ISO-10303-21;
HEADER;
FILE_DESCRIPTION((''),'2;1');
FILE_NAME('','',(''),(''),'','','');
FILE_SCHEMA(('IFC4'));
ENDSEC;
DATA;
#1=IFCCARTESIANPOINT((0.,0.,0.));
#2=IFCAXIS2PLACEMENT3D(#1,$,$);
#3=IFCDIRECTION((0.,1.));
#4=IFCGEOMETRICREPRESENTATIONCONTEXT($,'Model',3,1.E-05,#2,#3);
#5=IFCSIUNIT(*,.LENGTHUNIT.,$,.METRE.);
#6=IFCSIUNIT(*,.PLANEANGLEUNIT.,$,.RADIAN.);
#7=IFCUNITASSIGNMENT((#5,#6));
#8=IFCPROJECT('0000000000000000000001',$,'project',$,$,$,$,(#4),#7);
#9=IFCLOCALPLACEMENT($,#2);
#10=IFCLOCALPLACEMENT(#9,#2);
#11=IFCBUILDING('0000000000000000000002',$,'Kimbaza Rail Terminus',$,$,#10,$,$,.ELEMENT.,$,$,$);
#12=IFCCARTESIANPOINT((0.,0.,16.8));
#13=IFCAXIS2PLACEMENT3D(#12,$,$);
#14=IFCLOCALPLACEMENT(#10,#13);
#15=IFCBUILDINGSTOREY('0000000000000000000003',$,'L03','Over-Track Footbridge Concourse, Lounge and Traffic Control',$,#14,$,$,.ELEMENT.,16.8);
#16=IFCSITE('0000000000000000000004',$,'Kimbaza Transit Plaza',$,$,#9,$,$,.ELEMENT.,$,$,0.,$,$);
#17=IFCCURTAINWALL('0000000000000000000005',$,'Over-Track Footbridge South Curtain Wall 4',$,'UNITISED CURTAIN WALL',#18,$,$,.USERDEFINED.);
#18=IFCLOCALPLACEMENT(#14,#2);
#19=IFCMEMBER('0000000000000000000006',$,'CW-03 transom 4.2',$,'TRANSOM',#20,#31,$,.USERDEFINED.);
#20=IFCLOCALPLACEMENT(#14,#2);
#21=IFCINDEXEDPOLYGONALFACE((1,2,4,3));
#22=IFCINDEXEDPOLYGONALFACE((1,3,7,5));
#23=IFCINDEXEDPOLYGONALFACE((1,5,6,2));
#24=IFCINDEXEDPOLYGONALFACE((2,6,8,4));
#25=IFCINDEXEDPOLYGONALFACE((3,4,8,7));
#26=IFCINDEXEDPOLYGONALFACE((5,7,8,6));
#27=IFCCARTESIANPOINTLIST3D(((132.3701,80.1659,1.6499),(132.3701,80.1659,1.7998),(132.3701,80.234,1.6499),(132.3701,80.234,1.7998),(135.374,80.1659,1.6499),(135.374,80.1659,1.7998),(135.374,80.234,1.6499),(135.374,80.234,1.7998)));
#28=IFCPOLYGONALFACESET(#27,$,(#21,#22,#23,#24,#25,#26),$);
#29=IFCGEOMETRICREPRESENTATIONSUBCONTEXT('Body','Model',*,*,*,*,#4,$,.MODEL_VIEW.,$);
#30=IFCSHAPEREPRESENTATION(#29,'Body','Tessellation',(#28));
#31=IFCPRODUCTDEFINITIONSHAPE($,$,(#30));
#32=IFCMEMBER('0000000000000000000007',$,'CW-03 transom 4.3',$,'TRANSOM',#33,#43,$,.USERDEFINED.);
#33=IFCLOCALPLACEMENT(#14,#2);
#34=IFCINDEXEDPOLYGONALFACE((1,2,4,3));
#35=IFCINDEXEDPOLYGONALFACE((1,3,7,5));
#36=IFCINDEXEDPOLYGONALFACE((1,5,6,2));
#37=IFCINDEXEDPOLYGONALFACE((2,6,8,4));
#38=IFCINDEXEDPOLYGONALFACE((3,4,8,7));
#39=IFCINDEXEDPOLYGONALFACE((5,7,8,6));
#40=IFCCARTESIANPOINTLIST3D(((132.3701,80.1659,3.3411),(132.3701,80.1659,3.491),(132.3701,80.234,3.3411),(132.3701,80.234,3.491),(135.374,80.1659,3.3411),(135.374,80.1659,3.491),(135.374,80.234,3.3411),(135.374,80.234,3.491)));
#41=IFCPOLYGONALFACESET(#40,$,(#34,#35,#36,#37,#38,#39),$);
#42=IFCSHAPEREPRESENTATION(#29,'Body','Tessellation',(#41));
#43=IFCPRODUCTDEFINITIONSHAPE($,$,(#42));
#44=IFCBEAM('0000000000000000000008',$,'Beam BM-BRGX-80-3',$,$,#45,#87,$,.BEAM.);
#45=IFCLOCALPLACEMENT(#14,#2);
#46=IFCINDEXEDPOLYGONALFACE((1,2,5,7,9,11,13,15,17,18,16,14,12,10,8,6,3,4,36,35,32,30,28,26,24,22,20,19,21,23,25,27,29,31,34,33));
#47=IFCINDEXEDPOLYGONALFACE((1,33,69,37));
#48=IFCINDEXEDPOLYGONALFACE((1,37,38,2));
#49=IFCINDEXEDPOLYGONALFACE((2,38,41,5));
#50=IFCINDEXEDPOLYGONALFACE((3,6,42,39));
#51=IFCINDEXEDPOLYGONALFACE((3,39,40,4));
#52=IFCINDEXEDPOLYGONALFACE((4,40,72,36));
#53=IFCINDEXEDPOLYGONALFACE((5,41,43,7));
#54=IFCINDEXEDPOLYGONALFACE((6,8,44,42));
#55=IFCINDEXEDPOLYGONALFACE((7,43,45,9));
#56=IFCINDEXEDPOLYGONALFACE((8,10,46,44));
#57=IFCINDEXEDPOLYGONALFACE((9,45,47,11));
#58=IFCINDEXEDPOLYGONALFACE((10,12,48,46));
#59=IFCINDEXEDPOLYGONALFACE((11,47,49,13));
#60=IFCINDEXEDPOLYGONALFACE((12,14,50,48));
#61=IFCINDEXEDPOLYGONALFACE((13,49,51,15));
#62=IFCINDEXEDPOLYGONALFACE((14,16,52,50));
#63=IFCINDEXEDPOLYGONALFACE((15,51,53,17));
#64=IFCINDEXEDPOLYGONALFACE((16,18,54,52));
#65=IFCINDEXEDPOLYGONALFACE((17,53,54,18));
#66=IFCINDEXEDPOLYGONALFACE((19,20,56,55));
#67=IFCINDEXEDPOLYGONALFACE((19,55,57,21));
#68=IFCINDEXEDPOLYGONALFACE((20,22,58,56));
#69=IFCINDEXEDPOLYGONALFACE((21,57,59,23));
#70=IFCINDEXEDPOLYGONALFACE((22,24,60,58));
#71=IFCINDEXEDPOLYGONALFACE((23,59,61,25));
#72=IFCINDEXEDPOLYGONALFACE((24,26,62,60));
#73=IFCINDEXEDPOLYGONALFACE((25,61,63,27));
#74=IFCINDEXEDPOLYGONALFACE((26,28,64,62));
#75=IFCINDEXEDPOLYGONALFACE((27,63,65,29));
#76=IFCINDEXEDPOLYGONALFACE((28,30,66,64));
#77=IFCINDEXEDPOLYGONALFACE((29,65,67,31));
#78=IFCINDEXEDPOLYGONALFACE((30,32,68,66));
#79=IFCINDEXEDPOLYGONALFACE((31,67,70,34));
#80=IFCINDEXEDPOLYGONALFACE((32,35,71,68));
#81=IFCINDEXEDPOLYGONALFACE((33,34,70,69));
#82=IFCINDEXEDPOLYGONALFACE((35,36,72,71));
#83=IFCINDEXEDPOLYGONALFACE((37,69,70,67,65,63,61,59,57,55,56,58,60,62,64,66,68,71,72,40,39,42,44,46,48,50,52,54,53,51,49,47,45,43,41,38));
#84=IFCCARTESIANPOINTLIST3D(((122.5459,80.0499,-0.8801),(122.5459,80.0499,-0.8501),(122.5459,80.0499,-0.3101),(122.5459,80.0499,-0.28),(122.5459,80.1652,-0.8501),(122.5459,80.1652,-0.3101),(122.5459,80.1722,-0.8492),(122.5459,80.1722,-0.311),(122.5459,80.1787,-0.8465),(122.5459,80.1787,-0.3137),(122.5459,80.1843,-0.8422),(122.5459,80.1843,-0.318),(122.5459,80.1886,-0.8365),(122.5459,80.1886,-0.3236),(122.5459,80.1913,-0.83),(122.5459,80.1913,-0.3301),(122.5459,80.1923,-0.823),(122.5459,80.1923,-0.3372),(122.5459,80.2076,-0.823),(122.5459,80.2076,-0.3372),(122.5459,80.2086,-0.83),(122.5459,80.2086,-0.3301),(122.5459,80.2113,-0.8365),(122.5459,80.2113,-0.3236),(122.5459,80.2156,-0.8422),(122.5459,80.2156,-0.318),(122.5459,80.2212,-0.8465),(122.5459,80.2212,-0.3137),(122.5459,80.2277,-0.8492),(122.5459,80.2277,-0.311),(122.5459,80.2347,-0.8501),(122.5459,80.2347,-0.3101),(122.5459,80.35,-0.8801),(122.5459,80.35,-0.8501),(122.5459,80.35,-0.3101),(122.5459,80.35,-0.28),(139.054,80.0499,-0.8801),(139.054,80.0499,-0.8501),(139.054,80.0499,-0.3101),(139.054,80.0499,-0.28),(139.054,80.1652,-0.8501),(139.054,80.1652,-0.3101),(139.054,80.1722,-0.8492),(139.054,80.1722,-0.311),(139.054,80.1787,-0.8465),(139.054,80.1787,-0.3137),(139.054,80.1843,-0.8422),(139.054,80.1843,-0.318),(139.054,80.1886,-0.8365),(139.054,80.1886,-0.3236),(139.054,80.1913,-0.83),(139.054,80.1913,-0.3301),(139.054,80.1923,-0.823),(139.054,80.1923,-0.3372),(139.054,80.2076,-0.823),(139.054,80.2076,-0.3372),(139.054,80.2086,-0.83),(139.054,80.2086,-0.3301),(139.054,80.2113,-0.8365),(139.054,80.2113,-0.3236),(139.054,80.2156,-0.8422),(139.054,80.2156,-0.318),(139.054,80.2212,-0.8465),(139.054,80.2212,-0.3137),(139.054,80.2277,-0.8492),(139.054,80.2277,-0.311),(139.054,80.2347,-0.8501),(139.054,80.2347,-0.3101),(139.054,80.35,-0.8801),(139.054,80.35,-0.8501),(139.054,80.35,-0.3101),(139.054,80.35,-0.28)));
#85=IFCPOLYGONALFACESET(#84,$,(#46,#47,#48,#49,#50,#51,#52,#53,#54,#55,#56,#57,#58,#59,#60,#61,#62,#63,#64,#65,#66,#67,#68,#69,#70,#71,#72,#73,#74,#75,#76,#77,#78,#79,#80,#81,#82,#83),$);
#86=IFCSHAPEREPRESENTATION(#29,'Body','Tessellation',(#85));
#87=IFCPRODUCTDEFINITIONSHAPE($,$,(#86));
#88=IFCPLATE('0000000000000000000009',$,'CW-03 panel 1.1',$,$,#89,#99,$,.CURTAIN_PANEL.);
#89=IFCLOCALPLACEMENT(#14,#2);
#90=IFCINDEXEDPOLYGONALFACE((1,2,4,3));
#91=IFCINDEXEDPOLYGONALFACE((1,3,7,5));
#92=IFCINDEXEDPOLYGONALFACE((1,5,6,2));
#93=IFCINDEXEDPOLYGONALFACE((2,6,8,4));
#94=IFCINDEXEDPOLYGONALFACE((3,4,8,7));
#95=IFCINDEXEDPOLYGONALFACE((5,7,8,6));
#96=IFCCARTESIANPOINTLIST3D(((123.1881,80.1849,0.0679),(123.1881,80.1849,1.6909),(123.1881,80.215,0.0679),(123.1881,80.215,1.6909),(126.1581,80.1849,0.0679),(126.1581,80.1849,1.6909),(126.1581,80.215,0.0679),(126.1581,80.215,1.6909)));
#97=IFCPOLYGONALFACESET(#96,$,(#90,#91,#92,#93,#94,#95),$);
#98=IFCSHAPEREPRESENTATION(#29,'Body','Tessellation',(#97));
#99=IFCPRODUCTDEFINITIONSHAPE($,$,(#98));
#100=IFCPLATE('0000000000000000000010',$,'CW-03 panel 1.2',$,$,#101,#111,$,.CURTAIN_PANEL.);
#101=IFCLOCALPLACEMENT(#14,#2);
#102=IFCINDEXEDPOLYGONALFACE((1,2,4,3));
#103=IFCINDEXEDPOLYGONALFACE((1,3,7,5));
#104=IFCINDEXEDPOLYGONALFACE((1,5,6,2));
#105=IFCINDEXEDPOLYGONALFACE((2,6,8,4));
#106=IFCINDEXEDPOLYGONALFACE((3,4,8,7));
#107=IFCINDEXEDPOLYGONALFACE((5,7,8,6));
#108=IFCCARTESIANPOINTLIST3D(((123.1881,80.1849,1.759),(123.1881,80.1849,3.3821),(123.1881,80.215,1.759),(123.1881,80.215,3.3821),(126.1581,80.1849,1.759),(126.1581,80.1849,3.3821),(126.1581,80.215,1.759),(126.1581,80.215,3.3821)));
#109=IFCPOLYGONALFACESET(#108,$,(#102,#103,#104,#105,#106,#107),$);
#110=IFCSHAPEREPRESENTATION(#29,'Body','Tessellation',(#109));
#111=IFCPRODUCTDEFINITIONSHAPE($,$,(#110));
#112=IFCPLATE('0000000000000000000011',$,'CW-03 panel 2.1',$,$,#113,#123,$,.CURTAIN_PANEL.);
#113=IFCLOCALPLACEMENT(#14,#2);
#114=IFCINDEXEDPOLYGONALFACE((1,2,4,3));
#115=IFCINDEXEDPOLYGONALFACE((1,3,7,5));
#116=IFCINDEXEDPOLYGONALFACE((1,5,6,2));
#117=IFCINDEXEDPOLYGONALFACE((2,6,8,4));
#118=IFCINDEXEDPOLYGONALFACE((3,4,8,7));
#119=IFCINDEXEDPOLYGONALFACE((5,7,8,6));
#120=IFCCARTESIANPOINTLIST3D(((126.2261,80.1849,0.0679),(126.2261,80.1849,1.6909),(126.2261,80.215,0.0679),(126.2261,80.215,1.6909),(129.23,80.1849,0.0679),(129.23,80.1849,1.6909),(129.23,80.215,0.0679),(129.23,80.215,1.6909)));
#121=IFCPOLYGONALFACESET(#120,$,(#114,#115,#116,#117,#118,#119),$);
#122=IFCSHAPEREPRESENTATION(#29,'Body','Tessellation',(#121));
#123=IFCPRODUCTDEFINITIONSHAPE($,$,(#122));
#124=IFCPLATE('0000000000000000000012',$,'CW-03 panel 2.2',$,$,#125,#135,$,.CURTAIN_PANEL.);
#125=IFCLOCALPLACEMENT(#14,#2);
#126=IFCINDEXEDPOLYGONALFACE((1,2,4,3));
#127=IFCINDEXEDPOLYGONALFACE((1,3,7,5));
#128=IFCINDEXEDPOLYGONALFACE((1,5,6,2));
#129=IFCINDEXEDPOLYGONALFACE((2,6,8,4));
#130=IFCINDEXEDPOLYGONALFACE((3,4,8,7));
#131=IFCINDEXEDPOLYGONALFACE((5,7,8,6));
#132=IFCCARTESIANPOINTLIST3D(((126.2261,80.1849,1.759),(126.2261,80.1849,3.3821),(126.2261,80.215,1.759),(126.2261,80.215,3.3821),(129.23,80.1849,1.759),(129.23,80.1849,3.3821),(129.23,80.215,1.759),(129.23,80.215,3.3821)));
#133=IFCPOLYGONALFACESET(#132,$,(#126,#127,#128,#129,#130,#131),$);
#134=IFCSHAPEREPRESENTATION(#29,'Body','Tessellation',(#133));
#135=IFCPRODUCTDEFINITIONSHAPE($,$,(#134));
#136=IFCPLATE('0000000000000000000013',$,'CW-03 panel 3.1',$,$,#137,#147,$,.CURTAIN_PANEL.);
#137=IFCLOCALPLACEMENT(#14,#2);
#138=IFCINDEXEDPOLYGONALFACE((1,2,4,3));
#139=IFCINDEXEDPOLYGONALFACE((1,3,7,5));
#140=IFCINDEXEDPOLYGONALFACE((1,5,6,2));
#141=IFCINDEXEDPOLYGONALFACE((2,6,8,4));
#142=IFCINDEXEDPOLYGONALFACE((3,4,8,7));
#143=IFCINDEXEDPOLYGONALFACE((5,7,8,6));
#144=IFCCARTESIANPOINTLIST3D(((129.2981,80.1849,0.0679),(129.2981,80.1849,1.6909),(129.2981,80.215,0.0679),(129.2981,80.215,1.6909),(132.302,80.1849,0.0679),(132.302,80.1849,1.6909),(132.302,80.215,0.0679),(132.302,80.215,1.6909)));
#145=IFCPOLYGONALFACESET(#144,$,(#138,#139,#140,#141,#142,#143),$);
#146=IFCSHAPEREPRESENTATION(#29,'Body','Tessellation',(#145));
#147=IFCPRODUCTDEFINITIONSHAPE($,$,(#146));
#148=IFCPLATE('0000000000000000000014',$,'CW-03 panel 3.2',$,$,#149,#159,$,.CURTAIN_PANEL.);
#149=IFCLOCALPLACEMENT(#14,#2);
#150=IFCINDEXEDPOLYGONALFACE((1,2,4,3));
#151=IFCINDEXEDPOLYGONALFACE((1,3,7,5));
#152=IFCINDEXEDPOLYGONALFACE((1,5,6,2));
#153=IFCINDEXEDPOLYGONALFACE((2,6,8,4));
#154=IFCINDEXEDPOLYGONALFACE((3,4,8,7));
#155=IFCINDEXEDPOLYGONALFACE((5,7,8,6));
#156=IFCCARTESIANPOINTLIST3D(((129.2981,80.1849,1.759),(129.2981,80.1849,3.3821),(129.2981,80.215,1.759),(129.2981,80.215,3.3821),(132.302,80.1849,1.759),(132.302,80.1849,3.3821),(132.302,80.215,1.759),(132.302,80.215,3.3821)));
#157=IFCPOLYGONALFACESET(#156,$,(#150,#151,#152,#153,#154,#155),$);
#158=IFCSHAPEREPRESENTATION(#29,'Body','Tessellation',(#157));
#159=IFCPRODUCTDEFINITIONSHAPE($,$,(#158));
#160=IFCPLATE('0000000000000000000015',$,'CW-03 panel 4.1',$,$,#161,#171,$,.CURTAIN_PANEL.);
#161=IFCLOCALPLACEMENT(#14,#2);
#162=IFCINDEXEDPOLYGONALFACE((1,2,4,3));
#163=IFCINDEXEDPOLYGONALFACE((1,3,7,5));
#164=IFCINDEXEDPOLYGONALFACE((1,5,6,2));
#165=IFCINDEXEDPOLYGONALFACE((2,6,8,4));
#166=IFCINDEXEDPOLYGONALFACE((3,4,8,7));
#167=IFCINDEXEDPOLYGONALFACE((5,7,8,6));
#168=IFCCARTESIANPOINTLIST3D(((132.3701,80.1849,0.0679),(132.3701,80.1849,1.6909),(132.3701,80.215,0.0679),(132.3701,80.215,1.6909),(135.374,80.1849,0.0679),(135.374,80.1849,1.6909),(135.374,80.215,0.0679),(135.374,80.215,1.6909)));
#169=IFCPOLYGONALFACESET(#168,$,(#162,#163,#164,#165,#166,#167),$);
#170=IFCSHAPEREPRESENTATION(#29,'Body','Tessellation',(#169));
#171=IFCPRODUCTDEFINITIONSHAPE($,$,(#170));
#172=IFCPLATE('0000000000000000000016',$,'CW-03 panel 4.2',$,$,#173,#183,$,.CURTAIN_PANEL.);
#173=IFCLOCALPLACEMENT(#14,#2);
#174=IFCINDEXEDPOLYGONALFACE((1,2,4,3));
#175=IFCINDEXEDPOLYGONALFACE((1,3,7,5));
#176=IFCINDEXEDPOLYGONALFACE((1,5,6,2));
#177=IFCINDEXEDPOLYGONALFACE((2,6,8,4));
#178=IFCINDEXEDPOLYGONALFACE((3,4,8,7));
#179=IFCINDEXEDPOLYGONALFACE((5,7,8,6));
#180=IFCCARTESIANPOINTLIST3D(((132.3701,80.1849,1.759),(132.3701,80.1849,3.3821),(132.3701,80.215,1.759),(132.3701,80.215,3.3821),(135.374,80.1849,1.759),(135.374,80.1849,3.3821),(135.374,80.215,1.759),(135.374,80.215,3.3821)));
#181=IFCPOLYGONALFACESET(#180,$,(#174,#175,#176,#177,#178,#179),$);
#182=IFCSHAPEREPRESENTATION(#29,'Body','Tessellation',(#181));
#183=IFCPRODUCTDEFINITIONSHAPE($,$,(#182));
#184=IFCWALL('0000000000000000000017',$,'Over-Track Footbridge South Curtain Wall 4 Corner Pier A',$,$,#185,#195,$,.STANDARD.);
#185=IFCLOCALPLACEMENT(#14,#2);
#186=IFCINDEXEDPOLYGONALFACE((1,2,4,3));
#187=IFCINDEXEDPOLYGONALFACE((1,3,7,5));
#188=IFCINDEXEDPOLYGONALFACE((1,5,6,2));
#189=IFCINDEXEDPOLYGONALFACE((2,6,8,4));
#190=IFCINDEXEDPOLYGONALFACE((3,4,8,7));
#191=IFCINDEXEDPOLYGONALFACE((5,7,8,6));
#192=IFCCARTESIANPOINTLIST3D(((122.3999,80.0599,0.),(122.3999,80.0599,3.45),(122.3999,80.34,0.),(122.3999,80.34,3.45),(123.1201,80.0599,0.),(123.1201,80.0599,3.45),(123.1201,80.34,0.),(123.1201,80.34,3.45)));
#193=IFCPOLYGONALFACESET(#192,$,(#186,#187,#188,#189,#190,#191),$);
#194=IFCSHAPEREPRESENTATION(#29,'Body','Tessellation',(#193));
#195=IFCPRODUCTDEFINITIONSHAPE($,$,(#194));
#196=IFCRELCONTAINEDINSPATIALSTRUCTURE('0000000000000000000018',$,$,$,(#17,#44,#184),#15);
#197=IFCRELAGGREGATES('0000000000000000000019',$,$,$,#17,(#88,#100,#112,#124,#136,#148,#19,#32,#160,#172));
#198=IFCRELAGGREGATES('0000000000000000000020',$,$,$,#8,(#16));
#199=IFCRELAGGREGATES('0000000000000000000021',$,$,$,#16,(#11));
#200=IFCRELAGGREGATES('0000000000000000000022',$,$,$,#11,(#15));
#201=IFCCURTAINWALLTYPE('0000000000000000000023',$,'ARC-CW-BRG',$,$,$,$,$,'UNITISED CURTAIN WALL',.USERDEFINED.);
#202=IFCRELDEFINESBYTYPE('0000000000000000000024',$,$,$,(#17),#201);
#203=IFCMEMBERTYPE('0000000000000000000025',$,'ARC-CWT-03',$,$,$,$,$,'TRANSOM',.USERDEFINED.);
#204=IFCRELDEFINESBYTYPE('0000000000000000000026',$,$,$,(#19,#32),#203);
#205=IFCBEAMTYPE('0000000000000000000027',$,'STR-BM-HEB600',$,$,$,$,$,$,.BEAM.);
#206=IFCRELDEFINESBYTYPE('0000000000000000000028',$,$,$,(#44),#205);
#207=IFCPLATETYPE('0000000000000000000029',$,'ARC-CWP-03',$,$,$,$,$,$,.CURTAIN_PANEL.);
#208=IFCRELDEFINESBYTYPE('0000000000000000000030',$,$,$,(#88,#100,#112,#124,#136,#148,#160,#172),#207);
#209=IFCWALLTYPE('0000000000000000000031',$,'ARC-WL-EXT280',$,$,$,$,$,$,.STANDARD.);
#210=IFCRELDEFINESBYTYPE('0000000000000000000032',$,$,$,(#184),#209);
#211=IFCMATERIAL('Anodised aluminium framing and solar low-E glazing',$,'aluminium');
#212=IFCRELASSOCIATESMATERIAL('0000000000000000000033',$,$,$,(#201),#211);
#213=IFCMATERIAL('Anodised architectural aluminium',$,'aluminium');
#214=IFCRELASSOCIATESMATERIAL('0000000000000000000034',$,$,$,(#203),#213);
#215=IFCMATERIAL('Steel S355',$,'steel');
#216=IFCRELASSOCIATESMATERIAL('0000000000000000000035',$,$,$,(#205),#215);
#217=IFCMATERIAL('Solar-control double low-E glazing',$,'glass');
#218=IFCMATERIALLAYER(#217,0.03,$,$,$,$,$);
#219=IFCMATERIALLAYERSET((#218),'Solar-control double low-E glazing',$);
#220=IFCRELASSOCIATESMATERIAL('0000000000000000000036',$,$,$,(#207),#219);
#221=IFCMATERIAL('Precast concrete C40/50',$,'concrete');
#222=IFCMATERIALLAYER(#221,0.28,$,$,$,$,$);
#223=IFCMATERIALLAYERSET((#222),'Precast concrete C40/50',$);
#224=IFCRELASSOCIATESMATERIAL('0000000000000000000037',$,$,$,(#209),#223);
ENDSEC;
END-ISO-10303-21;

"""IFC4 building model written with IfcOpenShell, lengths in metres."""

from ifc_helpers import new_model, si_unit, direction, frame, frame_2d, origin, origin_2d, place, context, subcontext, project, spatial, rectangle, i_section, extrude, material, layer, layer_set, material_profile, profile_set, type_object, element, aggregate, save


model = new_model("IFC4")

# Units and contexts
model_context = context("Model", 3, precision=1e-05, world=origin(), true_north=direction((0.0, 1.0)))
body_context = subcontext(model_context, "Body", "Model", "MODEL_VIEW")
ifc_project = project(units=[si_unit("LENGTHUNIT", "METRE"), si_unit("PLANEANGLEUNIT", "RADIAN")], contexts=[model_context])

# Site, building, storey
site_placement = place(None, origin())
site = spatial("IfcSite", under=ifc_project, at=site_placement, Name="Kimbaza Transit Plaza", CompositionType="ELEMENT", RefElevation=0.0)
building_placement = place(site_placement, origin())
building = spatial("IfcBuilding", under=site, at=building_placement, Name="Kimbaza Rail Terminus", CompositionType="ELEMENT")
storey_placement = place(building_placement, frame((0.0, 0.0, 16.8)))
storey = spatial("IfcBuildingStorey", under=building, at=storey_placement, Name="L03", Description="Over-Track Footbridge Concourse, Lounge and Traffic Control", CompositionType="ELEMENT", Elevation=16.8)

# Curtain wall, members
ifc_material_1 = material(Name="Anodised aluminium framing and solar low-E glazing", Category="aluminium")
curtain_wall_type = type_object("IfcCurtainWallType", Name="ARC-CW-BRG", ElementType="UNITISED CURTAIN WALL", PredefinedType="USERDEFINED", material=ifc_material_1)
curtain_wall_placement = place(storey_placement, origin())
curtain_wall = element("IfcCurtainWall", 1, at=curtain_wall_placement, inside=storey, type_object=curtain_wall_type, Name="Over-Track Footbridge South Curtain Wall 4", ObjectType="UNITISED CURTAIN WALL", PredefinedType="USERDEFINED")
ifc_material_2 = material(Name="Anodised architectural aluminium", Category="aluminium")
ifc_material_profile_1 = material_profile(ifc_material_2, rectangle(XDim=0.0681, YDim=0.1499, at=origin_2d()), Name="TRANSOM 68x150")
ifc_profile_set_1 = profile_set([ifc_material_profile_1], Name="Anodised architectural aluminium")
member_type_1 = type_object("IfcMemberType", Name="ARC-CWT-03", ElementType="TRANSOM", PredefinedType="USERDEFINED", material=ifc_profile_set_1)
member_1_placement = place(storey_placement, frame((132.3701, 80.2, 1.7249), z_axis=(1.0, 0.0, 0.0), x_axis=(0.0, 1.0, 0.0)))
member_1 = element("IfcMember", 2, at=member_1_placement, type_object=member_type_1, Name="CW-03 transom 4.2", ObjectType="TRANSOM", PredefinedType="USERDEFINED", context=body_context, shape_type="SweptSolid", body=[
    extrude(rectangle(XDim=0.0681, YDim=0.1499, at=origin_2d()), origin(), (0.0, 0.0, 1.0), 3.0039),
])
member_2_placement = place(storey_placement, frame((132.3701, 80.2, 3.416), z_axis=(1.0, 0.0, 0.0), x_axis=(0.0, 1.0, 0.0)))
member_2 = element("IfcMember", 3, at=member_2_placement, type_object=member_type_1, Name="CW-03 transom 4.3", ObjectType="TRANSOM", PredefinedType="USERDEFINED", context=body_context, shape_type="SweptSolid", body=[
    extrude(rectangle(XDim=0.0681, YDim=0.1499, at=origin_2d()), origin(), (0.0, 0.0, 1.0), 3.0039),
])

# Beam
ifc_material_3 = material(Name="Steel S355", Category="steel")
ifc_material_profile_2 = material_profile(ifc_material_3, i_section(OverallWidth=0.3, OverallDepth=0.6001, WebThickness=0.0154, FlangeThickness=0.03, FilletRadius=0.0271, at=origin_2d()), Name="HEB 600")
ifc_profile_set_2 = profile_set([ifc_material_profile_2], Name="Steel S355")
beam_type = type_object("IfcBeamType", Name="STR-BM-HEB600", PredefinedType="BEAM", material=ifc_profile_set_2)
beam_placement = place(storey_placement, frame((122.5459, 80.2, -0.5801), z_axis=(1.0, 0.0, 0.0), x_axis=(0.0, 1.0, 0.0)))
element("IfcBeam", 4, at=beam_placement, inside=storey, type_object=beam_type, Name="Beam BM-BRGX-80-3", PredefinedType="BEAM", context=body_context, shape_type="SweptSolid", body=[
    extrude(i_section(OverallWidth=0.3, OverallDepth=0.6001, WebThickness=0.0154, FlangeThickness=0.03, FilletRadius=0.0271, at=origin_2d()), origin(), (0.0, 0.0, 1.0), 16.5081),
])

# Plates
ifc_material_4 = material(Name="Solar-control double low-E glazing", Category="glass")
ifc_layer_1 = layer(ifc_material_4, 0.03)
ifc_layer_set_1 = layer_set([ifc_layer_1], Name="Solar-control double low-E glazing")
plate_type = type_object("IfcPlateType", Name="ARC-CWP-03", PredefinedType="CURTAIN_PANEL", material=ifc_layer_set_1)
plate_1_placement = place(storey_placement, frame((124.6731, 80.2, 0.0679), z_axis=(0.0, 0.0, 1.0), x_axis=(1.0, 0.0, 0.0)))
plate_1 = element("IfcPlate", 5, at=plate_1_placement, type_object=plate_type, Name="CW-03 panel 1.1", PredefinedType="CURTAIN_PANEL", context=body_context, shape_type="SweptSolid", body=[
    extrude(rectangle(XDim=2.97, YDim=0.03, at=origin_2d()), origin(), (0.0, 0.0, 1.0), 1.623),
])
plate_2_placement = place(storey_placement, frame((124.6731, 80.2, 1.759), z_axis=(0.0, 0.0, 1.0), x_axis=(1.0, 0.0, 0.0)))
plate_2 = element("IfcPlate", 6, at=plate_2_placement, type_object=plate_type, Name="CW-03 panel 1.2", PredefinedType="CURTAIN_PANEL", context=body_context, shape_type="SweptSolid", body=[
    extrude(rectangle(XDim=2.97, YDim=0.03, at=origin_2d()), origin(), (0.0, 0.0, 1.0), 1.623),
])
plate_3_placement = place(storey_placement, frame((127.728, 80.2, 0.0679), z_axis=(0.0, 0.0, 1.0), x_axis=(1.0, 0.0, 0.0)))
plate_3 = element("IfcPlate", 7, at=plate_3_placement, type_object=plate_type, Name="CW-03 panel 2.1", PredefinedType="CURTAIN_PANEL", context=body_context, shape_type="SweptSolid", body=[
    extrude(rectangle(XDim=3.0039, YDim=0.03, at=origin_2d()), origin(), (0.0, 0.0, 1.0), 1.623),
])
plate_4_placement = place(storey_placement, frame((127.728, 80.2, 1.759), z_axis=(0.0, 0.0, 1.0), x_axis=(1.0, 0.0, 0.0)))
plate_4 = element("IfcPlate", 8, at=plate_4_placement, type_object=plate_type, Name="CW-03 panel 2.2", PredefinedType="CURTAIN_PANEL", context=body_context, shape_type="SweptSolid", body=[
    extrude(rectangle(XDim=3.0039, YDim=0.03, at=origin_2d()), origin(), (0.0, 0.0, 1.0), 1.623),
])
plate_5_placement = place(storey_placement, frame((130.8, 80.2, 0.0679), z_axis=(0.0, 0.0, 1.0), x_axis=(1.0, 0.0, 0.0)))
plate_5 = element("IfcPlate", 9, at=plate_5_placement, type_object=plate_type, Name="CW-03 panel 3.1", PredefinedType="CURTAIN_PANEL", context=body_context, shape_type="SweptSolid", body=[
    extrude(rectangle(XDim=3.0039, YDim=0.03, at=origin_2d()), origin(), (0.0, 0.0, 1.0), 1.623),
])
plate_6_placement = place(storey_placement, frame((130.8, 80.2, 1.759), z_axis=(0.0, 0.0, 1.0), x_axis=(1.0, 0.0, 0.0)))
plate_6 = element("IfcPlate", 10, at=plate_6_placement, type_object=plate_type, Name="CW-03 panel 3.2", PredefinedType="CURTAIN_PANEL", context=body_context, shape_type="SweptSolid", body=[
    extrude(rectangle(XDim=3.0039, YDim=0.03, at=origin_2d()), origin(), (0.0, 0.0, 1.0), 1.623),
])
plate_7_placement = place(storey_placement, frame((133.8721, 80.2, 0.0679), z_axis=(0.0, 0.0, 1.0), x_axis=(1.0, 0.0, 0.0)))
plate_7 = element("IfcPlate", 11, at=plate_7_placement, type_object=plate_type, Name="CW-03 panel 4.1", PredefinedType="CURTAIN_PANEL", context=body_context, shape_type="SweptSolid", body=[
    extrude(rectangle(XDim=3.0039, YDim=0.03, at=origin_2d()), origin(), (0.0, 0.0, 1.0), 1.623),
])
plate_8_placement = place(storey_placement, frame((133.8721, 80.2, 1.759), z_axis=(0.0, 0.0, 1.0), x_axis=(1.0, 0.0, 0.0)))
plate_8 = element("IfcPlate", 12, at=plate_8_placement, type_object=plate_type, Name="CW-03 panel 4.2", PredefinedType="CURTAIN_PANEL", context=body_context, shape_type="SweptSolid", body=[
    extrude(rectangle(XDim=3.0039, YDim=0.03, at=origin_2d()), origin(), (0.0, 0.0, 1.0), 1.623),
])
aggregate(curtain_wall, [plate_1, plate_2, plate_3, plate_4, plate_5, plate_6, member_1, member_2, plate_7, plate_8])

# Wall
ifc_material_5 = material(Name="Precast concrete C40/50", Category="concrete")
ifc_layer_2 = layer(ifc_material_5, 0.28)
ifc_layer_set_2 = layer_set([ifc_layer_2], Name="Precast concrete C40/50")
wall_type = type_object("IfcWallType", Name="ARC-WL-EXT280", PredefinedType="STANDARD", material=ifc_layer_set_2)
wall_placement = place(storey_placement, frame((122.3999, 80.2, 0.0), z_axis=(0.0, 0.0, 1.0), x_axis=(1.0, 0.0, 0.0)))
element("IfcWall", 13, at=wall_placement, inside=storey, type_object=wall_type, Name="Over-Track Footbridge South Curtain Wall 4 Corner Pier A", PredefinedType="STANDARD", context=body_context, shape_type="SweptSolid", body=[
    extrude(rectangle(XDim=0.7202, YDim=0.28, at=frame_2d((0.3601, 0.0))), origin(), (0.0, 0.0, 1.0), 3.45),
])

save(model, "model.ifc")
